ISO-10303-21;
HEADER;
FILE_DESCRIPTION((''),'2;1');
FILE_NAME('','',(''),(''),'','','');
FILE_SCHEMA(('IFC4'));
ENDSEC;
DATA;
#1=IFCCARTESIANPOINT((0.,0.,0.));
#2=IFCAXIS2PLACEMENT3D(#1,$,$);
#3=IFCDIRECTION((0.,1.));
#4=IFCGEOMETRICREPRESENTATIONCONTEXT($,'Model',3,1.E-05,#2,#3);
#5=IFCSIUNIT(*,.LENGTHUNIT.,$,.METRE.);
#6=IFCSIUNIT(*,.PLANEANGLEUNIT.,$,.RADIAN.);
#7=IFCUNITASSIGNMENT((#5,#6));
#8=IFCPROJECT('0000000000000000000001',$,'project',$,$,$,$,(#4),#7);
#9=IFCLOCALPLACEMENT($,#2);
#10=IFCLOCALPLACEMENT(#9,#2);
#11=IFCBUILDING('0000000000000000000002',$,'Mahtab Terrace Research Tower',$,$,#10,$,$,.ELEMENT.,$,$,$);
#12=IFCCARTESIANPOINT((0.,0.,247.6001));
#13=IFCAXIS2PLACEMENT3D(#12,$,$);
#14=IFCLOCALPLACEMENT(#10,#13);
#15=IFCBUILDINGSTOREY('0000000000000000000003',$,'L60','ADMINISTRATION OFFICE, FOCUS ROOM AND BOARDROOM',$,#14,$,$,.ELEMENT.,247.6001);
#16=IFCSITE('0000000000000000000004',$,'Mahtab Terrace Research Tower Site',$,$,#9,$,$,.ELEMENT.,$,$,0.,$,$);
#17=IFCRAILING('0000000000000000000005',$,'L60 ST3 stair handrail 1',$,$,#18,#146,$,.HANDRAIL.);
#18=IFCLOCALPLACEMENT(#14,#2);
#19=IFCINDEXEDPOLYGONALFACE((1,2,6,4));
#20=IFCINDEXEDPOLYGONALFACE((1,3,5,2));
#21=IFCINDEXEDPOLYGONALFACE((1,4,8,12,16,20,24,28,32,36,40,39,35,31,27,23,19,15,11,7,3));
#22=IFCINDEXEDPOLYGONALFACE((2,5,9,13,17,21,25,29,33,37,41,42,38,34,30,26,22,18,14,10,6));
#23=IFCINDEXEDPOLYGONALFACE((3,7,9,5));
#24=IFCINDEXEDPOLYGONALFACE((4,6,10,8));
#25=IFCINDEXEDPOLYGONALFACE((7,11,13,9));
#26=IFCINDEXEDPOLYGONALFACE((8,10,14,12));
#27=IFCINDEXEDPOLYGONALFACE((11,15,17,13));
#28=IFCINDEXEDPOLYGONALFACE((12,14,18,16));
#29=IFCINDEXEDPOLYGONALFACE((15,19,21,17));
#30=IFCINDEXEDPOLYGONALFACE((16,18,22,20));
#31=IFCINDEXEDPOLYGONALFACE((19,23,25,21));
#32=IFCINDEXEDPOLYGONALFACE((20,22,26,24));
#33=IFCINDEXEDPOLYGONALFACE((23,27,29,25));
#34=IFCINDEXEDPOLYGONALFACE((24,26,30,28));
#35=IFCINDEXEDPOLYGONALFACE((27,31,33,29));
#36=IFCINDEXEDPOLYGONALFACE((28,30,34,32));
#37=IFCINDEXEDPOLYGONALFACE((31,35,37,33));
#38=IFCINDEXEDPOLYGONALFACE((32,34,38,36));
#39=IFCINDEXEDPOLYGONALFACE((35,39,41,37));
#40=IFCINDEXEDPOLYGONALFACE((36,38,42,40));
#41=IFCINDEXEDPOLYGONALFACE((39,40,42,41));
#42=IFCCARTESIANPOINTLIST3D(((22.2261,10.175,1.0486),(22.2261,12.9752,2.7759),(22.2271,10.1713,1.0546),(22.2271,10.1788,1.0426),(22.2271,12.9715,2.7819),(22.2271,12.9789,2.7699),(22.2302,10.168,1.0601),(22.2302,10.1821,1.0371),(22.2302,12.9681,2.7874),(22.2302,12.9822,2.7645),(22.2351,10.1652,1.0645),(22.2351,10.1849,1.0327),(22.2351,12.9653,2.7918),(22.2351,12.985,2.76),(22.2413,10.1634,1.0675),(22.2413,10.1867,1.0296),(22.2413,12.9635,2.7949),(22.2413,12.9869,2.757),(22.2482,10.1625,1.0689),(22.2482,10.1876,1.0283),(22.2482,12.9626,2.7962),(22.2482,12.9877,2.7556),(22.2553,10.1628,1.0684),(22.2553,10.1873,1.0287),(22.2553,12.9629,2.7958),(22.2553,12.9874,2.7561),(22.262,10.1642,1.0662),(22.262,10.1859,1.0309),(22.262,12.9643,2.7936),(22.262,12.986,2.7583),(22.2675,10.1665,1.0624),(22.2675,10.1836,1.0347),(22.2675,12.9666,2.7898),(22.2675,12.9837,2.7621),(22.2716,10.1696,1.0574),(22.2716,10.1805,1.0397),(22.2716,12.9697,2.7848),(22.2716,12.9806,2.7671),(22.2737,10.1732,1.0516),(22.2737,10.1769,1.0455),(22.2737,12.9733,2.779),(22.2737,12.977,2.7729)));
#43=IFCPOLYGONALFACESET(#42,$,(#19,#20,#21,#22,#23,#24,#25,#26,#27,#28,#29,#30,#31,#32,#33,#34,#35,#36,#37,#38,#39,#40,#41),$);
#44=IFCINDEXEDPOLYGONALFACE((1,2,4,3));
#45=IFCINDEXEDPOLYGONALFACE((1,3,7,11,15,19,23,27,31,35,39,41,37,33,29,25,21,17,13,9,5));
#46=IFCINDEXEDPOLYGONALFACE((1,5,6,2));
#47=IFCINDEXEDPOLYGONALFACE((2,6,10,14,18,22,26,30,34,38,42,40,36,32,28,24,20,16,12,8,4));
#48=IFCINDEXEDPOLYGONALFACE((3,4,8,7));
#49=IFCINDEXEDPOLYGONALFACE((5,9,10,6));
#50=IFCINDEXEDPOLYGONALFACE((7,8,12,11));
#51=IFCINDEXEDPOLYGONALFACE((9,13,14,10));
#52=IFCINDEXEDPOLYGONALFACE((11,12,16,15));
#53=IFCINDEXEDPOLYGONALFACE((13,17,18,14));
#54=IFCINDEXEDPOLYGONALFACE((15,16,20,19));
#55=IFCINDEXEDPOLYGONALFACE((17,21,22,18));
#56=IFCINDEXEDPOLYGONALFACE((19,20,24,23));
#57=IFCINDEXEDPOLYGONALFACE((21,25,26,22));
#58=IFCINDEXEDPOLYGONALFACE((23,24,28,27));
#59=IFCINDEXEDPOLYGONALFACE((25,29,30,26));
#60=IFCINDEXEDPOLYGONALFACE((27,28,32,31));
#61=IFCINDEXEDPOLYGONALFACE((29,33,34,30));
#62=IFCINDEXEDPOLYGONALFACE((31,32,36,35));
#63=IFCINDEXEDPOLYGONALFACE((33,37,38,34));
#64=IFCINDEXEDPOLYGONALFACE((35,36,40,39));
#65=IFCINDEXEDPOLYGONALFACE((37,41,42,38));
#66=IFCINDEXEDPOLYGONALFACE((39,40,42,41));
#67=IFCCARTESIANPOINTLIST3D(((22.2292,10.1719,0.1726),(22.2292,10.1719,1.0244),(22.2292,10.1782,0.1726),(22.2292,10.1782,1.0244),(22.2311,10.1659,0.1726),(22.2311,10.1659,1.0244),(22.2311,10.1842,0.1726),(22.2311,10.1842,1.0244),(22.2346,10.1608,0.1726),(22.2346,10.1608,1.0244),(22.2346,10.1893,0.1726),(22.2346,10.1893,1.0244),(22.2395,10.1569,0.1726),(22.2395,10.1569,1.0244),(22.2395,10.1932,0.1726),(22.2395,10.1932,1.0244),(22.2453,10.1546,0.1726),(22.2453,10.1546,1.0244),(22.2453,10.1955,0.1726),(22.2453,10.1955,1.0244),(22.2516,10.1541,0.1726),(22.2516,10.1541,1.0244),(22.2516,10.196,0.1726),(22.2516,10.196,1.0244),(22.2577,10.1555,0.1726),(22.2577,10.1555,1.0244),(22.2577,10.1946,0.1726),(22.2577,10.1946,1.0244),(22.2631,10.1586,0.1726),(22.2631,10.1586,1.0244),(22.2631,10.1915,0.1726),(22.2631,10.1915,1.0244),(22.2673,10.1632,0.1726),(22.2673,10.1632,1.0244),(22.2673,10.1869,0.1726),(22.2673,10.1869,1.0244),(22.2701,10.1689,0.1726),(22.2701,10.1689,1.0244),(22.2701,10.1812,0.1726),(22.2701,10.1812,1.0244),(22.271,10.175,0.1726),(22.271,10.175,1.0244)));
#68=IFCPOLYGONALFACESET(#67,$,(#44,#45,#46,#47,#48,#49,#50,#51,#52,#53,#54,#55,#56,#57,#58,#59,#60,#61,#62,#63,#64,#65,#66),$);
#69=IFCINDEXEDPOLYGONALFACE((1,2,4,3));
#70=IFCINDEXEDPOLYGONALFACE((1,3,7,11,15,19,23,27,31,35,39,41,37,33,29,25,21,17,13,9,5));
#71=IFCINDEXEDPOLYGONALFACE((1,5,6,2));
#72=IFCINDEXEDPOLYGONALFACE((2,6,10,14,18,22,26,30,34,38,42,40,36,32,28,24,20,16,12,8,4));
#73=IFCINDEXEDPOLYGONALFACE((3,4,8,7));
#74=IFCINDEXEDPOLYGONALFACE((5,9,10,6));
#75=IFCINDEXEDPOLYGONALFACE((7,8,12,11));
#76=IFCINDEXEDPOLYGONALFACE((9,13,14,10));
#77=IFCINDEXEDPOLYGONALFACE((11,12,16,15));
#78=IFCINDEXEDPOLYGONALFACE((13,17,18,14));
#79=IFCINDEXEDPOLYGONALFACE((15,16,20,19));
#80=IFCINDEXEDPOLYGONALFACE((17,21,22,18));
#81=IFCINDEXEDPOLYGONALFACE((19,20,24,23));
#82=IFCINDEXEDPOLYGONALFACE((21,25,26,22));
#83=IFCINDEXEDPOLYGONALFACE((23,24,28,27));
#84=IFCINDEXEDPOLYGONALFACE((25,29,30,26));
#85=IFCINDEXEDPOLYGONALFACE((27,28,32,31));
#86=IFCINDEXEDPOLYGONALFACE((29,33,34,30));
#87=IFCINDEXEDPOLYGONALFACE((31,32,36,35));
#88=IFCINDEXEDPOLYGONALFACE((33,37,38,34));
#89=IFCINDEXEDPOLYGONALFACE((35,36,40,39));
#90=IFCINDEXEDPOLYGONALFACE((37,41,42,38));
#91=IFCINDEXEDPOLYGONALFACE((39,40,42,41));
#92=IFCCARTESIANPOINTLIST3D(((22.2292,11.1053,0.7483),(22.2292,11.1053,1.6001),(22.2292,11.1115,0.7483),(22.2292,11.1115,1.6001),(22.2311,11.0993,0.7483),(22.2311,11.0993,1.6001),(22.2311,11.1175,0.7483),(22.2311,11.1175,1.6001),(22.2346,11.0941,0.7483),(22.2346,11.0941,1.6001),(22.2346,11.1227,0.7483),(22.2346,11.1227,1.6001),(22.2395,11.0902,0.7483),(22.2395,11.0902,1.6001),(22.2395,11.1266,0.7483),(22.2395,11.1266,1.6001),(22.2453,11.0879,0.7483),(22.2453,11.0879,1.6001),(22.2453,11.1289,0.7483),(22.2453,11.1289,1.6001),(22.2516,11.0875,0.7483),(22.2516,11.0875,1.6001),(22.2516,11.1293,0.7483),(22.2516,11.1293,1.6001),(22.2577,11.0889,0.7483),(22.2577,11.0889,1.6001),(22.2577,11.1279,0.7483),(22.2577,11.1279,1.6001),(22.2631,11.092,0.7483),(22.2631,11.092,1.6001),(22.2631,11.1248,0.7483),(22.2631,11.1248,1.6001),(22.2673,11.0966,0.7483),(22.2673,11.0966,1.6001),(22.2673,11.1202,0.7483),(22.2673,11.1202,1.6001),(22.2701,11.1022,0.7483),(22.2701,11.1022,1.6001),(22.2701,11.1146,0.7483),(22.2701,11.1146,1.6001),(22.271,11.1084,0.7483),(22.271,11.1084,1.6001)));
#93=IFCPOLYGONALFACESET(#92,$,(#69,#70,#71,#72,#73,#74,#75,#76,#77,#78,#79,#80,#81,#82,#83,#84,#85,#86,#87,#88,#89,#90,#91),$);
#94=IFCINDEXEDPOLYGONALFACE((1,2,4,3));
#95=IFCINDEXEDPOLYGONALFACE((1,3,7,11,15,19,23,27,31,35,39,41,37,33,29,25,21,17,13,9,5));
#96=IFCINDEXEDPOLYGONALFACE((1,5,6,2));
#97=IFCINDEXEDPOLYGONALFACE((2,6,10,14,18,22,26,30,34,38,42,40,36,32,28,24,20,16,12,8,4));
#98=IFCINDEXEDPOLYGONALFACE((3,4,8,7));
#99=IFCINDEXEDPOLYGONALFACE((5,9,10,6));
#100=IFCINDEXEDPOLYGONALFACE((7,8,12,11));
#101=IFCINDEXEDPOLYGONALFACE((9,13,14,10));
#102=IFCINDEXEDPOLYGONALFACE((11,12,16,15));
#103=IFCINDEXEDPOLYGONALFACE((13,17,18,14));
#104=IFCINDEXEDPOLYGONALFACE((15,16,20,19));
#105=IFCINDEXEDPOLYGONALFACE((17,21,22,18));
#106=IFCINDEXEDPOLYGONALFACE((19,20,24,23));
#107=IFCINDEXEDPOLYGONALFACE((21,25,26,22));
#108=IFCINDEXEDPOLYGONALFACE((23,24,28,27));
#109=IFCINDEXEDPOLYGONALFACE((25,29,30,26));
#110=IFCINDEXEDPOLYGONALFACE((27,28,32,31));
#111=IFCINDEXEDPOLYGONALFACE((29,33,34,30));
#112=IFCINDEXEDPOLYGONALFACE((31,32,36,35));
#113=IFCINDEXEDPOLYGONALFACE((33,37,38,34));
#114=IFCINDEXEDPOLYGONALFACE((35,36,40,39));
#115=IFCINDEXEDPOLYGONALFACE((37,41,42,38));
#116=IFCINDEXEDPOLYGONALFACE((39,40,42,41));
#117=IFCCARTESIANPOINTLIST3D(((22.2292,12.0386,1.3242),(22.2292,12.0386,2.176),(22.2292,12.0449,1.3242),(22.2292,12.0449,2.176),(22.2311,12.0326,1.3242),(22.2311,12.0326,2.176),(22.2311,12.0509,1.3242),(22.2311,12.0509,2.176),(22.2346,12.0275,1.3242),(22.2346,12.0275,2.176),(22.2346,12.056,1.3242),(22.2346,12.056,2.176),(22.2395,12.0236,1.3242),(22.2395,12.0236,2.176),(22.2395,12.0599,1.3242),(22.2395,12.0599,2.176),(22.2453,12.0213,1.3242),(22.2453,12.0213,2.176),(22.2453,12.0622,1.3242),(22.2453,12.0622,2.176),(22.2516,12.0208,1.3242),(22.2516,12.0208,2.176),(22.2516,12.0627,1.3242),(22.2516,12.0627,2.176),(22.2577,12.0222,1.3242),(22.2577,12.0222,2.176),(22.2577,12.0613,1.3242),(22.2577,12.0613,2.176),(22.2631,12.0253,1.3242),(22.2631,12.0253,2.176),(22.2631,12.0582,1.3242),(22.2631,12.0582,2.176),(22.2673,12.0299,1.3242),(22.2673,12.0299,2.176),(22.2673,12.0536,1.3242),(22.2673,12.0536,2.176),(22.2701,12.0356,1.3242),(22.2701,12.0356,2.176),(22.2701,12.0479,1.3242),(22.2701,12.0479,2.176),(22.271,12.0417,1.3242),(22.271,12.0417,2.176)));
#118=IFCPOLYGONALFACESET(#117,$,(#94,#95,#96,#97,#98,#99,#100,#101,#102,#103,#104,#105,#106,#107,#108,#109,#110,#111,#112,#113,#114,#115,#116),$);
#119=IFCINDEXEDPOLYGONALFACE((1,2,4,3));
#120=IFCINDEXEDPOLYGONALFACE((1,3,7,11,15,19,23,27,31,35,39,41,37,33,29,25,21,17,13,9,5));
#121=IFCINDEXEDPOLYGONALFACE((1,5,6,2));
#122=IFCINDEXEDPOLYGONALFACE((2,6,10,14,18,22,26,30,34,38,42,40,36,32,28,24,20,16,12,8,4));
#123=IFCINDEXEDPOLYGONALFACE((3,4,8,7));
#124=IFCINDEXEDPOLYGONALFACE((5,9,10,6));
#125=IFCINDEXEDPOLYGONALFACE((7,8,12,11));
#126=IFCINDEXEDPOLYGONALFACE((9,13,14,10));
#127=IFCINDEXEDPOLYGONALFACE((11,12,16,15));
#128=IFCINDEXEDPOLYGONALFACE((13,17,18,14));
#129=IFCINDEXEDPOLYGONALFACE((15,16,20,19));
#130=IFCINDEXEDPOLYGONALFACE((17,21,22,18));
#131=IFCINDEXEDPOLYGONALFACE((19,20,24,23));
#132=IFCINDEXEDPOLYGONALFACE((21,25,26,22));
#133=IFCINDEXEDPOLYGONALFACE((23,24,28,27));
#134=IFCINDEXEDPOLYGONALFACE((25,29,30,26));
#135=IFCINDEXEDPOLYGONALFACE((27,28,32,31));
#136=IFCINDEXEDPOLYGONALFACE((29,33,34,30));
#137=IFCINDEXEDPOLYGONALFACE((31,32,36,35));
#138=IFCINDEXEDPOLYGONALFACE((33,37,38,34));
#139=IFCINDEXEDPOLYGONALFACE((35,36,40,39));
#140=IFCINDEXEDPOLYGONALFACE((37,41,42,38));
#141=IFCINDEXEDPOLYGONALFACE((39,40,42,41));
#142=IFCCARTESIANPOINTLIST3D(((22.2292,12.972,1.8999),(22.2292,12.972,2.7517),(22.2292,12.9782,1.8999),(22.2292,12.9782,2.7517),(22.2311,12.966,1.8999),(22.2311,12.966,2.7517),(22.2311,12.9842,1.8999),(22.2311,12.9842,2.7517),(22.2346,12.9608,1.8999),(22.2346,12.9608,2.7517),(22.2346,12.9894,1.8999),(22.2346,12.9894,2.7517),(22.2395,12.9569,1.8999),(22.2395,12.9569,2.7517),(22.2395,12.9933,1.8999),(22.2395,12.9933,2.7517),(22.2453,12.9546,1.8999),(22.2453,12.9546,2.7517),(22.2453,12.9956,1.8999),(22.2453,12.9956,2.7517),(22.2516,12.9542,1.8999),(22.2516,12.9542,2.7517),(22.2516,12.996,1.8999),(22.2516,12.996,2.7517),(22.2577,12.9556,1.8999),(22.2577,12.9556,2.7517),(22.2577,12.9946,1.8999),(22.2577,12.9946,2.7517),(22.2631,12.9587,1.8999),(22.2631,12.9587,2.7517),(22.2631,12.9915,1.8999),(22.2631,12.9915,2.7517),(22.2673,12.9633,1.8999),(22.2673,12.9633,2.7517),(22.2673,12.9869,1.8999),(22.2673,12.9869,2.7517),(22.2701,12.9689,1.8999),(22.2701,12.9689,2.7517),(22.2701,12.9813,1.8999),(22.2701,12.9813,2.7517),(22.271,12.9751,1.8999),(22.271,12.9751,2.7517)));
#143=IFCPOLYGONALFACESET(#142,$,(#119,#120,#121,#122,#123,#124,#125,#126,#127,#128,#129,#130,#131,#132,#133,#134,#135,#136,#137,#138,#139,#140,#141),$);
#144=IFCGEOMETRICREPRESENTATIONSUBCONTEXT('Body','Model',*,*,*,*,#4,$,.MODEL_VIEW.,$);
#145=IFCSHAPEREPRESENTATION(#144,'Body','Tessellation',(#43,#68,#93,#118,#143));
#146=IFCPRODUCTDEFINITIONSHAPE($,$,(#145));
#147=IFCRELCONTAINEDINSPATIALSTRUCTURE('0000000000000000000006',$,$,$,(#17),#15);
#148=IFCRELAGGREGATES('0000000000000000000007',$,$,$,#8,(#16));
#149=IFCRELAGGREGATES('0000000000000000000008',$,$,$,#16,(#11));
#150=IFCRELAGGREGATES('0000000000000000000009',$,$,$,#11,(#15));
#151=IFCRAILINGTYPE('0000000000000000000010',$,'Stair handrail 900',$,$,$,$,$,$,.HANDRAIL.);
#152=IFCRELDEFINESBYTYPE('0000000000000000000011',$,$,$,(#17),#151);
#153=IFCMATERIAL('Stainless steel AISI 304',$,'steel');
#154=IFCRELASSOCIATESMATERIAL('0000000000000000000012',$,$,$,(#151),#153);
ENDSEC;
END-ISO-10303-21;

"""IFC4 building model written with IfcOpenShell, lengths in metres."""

from ifc_helpers import new_model, si_unit, direction, frame, origin, origin_2d, place, context, subcontext, project, spatial, circle, extrude, material, type_object, element, save


model = new_model("IFC4")

# Units and contexts
model_context = context("Model", 3, precision=1e-05, world=origin(), true_north=direction((0.0, 1.0)))
body_context = subcontext(model_context, "Body", "Model", "MODEL_VIEW")
ifc_project = project(units=[si_unit("LENGTHUNIT", "METRE"), si_unit("PLANEANGLEUNIT", "RADIAN")], contexts=[model_context])

# Site, building, storey
site_placement = place(None, origin())
site = spatial("IfcSite", under=ifc_project, at=site_placement, Name="Mahtab Terrace Research Tower Site", CompositionType="ELEMENT", RefElevation=0.0)
building_placement = place(site_placement, origin())
building = spatial("IfcBuilding", under=site, at=building_placement, Name="Mahtab Terrace Research Tower", CompositionType="ELEMENT")
storey_placement = place(building_placement, frame((0.0, 0.0, 247.6001)))
storey = spatial("IfcBuildingStorey", under=building, at=storey_placement, Name="L60", Description="ADMINISTRATION OFFICE, FOCUS ROOM AND BOARDROOM", CompositionType="ELEMENT", Elevation=247.6001)

# Railing
ifc_material_1 = material(Name="Stainless steel AISI 304", Category="steel")
railing_type_1 = type_object("IfcRailingType", Name="Stair handrail 900", PredefinedType="HANDRAIL", material=ifc_material_1)
railing_1_placement = place(storey_placement, frame((22.25, 10.175, 0.1726)))
element("IfcRailing", 1, at=railing_1_placement, inside=storey, type_object=railing_type_1, Name="L60 ST3 stair handrail 1", PredefinedType="HANDRAIL", context=body_context, shape_type="SweptSolid", body=[
    extrude(circle(Radius=0.0239, at=origin_2d()), frame((0.0, 0.0, 0.876), z_axis=(0.0, 0.85109, 0.52502), x_axis=(-1.0, 0.0, 0.0)), (0.0, 0.0, 1.0), 3.29),
    extrude(circle(Radius=0.021, at=origin_2d()), origin(), (0.0, 0.0, 1.0), 0.8518),
    extrude(circle(Radius=0.021, at=origin_2d()), frame((0.0, 0.9333, 0.5757)), (0.0, 0.0, 1.0), 0.8518),
    extrude(circle(Radius=0.021, at=origin_2d()), frame((0.0, 1.8667, 1.1516)), (0.0, 0.0, 1.0), 0.8518),
    extrude(circle(Radius=0.021, at=origin_2d()), frame((0.0, 2.8, 1.7273)), (0.0, 0.0, 1.0), 0.8518),
])

save(model, "model.ifc")
